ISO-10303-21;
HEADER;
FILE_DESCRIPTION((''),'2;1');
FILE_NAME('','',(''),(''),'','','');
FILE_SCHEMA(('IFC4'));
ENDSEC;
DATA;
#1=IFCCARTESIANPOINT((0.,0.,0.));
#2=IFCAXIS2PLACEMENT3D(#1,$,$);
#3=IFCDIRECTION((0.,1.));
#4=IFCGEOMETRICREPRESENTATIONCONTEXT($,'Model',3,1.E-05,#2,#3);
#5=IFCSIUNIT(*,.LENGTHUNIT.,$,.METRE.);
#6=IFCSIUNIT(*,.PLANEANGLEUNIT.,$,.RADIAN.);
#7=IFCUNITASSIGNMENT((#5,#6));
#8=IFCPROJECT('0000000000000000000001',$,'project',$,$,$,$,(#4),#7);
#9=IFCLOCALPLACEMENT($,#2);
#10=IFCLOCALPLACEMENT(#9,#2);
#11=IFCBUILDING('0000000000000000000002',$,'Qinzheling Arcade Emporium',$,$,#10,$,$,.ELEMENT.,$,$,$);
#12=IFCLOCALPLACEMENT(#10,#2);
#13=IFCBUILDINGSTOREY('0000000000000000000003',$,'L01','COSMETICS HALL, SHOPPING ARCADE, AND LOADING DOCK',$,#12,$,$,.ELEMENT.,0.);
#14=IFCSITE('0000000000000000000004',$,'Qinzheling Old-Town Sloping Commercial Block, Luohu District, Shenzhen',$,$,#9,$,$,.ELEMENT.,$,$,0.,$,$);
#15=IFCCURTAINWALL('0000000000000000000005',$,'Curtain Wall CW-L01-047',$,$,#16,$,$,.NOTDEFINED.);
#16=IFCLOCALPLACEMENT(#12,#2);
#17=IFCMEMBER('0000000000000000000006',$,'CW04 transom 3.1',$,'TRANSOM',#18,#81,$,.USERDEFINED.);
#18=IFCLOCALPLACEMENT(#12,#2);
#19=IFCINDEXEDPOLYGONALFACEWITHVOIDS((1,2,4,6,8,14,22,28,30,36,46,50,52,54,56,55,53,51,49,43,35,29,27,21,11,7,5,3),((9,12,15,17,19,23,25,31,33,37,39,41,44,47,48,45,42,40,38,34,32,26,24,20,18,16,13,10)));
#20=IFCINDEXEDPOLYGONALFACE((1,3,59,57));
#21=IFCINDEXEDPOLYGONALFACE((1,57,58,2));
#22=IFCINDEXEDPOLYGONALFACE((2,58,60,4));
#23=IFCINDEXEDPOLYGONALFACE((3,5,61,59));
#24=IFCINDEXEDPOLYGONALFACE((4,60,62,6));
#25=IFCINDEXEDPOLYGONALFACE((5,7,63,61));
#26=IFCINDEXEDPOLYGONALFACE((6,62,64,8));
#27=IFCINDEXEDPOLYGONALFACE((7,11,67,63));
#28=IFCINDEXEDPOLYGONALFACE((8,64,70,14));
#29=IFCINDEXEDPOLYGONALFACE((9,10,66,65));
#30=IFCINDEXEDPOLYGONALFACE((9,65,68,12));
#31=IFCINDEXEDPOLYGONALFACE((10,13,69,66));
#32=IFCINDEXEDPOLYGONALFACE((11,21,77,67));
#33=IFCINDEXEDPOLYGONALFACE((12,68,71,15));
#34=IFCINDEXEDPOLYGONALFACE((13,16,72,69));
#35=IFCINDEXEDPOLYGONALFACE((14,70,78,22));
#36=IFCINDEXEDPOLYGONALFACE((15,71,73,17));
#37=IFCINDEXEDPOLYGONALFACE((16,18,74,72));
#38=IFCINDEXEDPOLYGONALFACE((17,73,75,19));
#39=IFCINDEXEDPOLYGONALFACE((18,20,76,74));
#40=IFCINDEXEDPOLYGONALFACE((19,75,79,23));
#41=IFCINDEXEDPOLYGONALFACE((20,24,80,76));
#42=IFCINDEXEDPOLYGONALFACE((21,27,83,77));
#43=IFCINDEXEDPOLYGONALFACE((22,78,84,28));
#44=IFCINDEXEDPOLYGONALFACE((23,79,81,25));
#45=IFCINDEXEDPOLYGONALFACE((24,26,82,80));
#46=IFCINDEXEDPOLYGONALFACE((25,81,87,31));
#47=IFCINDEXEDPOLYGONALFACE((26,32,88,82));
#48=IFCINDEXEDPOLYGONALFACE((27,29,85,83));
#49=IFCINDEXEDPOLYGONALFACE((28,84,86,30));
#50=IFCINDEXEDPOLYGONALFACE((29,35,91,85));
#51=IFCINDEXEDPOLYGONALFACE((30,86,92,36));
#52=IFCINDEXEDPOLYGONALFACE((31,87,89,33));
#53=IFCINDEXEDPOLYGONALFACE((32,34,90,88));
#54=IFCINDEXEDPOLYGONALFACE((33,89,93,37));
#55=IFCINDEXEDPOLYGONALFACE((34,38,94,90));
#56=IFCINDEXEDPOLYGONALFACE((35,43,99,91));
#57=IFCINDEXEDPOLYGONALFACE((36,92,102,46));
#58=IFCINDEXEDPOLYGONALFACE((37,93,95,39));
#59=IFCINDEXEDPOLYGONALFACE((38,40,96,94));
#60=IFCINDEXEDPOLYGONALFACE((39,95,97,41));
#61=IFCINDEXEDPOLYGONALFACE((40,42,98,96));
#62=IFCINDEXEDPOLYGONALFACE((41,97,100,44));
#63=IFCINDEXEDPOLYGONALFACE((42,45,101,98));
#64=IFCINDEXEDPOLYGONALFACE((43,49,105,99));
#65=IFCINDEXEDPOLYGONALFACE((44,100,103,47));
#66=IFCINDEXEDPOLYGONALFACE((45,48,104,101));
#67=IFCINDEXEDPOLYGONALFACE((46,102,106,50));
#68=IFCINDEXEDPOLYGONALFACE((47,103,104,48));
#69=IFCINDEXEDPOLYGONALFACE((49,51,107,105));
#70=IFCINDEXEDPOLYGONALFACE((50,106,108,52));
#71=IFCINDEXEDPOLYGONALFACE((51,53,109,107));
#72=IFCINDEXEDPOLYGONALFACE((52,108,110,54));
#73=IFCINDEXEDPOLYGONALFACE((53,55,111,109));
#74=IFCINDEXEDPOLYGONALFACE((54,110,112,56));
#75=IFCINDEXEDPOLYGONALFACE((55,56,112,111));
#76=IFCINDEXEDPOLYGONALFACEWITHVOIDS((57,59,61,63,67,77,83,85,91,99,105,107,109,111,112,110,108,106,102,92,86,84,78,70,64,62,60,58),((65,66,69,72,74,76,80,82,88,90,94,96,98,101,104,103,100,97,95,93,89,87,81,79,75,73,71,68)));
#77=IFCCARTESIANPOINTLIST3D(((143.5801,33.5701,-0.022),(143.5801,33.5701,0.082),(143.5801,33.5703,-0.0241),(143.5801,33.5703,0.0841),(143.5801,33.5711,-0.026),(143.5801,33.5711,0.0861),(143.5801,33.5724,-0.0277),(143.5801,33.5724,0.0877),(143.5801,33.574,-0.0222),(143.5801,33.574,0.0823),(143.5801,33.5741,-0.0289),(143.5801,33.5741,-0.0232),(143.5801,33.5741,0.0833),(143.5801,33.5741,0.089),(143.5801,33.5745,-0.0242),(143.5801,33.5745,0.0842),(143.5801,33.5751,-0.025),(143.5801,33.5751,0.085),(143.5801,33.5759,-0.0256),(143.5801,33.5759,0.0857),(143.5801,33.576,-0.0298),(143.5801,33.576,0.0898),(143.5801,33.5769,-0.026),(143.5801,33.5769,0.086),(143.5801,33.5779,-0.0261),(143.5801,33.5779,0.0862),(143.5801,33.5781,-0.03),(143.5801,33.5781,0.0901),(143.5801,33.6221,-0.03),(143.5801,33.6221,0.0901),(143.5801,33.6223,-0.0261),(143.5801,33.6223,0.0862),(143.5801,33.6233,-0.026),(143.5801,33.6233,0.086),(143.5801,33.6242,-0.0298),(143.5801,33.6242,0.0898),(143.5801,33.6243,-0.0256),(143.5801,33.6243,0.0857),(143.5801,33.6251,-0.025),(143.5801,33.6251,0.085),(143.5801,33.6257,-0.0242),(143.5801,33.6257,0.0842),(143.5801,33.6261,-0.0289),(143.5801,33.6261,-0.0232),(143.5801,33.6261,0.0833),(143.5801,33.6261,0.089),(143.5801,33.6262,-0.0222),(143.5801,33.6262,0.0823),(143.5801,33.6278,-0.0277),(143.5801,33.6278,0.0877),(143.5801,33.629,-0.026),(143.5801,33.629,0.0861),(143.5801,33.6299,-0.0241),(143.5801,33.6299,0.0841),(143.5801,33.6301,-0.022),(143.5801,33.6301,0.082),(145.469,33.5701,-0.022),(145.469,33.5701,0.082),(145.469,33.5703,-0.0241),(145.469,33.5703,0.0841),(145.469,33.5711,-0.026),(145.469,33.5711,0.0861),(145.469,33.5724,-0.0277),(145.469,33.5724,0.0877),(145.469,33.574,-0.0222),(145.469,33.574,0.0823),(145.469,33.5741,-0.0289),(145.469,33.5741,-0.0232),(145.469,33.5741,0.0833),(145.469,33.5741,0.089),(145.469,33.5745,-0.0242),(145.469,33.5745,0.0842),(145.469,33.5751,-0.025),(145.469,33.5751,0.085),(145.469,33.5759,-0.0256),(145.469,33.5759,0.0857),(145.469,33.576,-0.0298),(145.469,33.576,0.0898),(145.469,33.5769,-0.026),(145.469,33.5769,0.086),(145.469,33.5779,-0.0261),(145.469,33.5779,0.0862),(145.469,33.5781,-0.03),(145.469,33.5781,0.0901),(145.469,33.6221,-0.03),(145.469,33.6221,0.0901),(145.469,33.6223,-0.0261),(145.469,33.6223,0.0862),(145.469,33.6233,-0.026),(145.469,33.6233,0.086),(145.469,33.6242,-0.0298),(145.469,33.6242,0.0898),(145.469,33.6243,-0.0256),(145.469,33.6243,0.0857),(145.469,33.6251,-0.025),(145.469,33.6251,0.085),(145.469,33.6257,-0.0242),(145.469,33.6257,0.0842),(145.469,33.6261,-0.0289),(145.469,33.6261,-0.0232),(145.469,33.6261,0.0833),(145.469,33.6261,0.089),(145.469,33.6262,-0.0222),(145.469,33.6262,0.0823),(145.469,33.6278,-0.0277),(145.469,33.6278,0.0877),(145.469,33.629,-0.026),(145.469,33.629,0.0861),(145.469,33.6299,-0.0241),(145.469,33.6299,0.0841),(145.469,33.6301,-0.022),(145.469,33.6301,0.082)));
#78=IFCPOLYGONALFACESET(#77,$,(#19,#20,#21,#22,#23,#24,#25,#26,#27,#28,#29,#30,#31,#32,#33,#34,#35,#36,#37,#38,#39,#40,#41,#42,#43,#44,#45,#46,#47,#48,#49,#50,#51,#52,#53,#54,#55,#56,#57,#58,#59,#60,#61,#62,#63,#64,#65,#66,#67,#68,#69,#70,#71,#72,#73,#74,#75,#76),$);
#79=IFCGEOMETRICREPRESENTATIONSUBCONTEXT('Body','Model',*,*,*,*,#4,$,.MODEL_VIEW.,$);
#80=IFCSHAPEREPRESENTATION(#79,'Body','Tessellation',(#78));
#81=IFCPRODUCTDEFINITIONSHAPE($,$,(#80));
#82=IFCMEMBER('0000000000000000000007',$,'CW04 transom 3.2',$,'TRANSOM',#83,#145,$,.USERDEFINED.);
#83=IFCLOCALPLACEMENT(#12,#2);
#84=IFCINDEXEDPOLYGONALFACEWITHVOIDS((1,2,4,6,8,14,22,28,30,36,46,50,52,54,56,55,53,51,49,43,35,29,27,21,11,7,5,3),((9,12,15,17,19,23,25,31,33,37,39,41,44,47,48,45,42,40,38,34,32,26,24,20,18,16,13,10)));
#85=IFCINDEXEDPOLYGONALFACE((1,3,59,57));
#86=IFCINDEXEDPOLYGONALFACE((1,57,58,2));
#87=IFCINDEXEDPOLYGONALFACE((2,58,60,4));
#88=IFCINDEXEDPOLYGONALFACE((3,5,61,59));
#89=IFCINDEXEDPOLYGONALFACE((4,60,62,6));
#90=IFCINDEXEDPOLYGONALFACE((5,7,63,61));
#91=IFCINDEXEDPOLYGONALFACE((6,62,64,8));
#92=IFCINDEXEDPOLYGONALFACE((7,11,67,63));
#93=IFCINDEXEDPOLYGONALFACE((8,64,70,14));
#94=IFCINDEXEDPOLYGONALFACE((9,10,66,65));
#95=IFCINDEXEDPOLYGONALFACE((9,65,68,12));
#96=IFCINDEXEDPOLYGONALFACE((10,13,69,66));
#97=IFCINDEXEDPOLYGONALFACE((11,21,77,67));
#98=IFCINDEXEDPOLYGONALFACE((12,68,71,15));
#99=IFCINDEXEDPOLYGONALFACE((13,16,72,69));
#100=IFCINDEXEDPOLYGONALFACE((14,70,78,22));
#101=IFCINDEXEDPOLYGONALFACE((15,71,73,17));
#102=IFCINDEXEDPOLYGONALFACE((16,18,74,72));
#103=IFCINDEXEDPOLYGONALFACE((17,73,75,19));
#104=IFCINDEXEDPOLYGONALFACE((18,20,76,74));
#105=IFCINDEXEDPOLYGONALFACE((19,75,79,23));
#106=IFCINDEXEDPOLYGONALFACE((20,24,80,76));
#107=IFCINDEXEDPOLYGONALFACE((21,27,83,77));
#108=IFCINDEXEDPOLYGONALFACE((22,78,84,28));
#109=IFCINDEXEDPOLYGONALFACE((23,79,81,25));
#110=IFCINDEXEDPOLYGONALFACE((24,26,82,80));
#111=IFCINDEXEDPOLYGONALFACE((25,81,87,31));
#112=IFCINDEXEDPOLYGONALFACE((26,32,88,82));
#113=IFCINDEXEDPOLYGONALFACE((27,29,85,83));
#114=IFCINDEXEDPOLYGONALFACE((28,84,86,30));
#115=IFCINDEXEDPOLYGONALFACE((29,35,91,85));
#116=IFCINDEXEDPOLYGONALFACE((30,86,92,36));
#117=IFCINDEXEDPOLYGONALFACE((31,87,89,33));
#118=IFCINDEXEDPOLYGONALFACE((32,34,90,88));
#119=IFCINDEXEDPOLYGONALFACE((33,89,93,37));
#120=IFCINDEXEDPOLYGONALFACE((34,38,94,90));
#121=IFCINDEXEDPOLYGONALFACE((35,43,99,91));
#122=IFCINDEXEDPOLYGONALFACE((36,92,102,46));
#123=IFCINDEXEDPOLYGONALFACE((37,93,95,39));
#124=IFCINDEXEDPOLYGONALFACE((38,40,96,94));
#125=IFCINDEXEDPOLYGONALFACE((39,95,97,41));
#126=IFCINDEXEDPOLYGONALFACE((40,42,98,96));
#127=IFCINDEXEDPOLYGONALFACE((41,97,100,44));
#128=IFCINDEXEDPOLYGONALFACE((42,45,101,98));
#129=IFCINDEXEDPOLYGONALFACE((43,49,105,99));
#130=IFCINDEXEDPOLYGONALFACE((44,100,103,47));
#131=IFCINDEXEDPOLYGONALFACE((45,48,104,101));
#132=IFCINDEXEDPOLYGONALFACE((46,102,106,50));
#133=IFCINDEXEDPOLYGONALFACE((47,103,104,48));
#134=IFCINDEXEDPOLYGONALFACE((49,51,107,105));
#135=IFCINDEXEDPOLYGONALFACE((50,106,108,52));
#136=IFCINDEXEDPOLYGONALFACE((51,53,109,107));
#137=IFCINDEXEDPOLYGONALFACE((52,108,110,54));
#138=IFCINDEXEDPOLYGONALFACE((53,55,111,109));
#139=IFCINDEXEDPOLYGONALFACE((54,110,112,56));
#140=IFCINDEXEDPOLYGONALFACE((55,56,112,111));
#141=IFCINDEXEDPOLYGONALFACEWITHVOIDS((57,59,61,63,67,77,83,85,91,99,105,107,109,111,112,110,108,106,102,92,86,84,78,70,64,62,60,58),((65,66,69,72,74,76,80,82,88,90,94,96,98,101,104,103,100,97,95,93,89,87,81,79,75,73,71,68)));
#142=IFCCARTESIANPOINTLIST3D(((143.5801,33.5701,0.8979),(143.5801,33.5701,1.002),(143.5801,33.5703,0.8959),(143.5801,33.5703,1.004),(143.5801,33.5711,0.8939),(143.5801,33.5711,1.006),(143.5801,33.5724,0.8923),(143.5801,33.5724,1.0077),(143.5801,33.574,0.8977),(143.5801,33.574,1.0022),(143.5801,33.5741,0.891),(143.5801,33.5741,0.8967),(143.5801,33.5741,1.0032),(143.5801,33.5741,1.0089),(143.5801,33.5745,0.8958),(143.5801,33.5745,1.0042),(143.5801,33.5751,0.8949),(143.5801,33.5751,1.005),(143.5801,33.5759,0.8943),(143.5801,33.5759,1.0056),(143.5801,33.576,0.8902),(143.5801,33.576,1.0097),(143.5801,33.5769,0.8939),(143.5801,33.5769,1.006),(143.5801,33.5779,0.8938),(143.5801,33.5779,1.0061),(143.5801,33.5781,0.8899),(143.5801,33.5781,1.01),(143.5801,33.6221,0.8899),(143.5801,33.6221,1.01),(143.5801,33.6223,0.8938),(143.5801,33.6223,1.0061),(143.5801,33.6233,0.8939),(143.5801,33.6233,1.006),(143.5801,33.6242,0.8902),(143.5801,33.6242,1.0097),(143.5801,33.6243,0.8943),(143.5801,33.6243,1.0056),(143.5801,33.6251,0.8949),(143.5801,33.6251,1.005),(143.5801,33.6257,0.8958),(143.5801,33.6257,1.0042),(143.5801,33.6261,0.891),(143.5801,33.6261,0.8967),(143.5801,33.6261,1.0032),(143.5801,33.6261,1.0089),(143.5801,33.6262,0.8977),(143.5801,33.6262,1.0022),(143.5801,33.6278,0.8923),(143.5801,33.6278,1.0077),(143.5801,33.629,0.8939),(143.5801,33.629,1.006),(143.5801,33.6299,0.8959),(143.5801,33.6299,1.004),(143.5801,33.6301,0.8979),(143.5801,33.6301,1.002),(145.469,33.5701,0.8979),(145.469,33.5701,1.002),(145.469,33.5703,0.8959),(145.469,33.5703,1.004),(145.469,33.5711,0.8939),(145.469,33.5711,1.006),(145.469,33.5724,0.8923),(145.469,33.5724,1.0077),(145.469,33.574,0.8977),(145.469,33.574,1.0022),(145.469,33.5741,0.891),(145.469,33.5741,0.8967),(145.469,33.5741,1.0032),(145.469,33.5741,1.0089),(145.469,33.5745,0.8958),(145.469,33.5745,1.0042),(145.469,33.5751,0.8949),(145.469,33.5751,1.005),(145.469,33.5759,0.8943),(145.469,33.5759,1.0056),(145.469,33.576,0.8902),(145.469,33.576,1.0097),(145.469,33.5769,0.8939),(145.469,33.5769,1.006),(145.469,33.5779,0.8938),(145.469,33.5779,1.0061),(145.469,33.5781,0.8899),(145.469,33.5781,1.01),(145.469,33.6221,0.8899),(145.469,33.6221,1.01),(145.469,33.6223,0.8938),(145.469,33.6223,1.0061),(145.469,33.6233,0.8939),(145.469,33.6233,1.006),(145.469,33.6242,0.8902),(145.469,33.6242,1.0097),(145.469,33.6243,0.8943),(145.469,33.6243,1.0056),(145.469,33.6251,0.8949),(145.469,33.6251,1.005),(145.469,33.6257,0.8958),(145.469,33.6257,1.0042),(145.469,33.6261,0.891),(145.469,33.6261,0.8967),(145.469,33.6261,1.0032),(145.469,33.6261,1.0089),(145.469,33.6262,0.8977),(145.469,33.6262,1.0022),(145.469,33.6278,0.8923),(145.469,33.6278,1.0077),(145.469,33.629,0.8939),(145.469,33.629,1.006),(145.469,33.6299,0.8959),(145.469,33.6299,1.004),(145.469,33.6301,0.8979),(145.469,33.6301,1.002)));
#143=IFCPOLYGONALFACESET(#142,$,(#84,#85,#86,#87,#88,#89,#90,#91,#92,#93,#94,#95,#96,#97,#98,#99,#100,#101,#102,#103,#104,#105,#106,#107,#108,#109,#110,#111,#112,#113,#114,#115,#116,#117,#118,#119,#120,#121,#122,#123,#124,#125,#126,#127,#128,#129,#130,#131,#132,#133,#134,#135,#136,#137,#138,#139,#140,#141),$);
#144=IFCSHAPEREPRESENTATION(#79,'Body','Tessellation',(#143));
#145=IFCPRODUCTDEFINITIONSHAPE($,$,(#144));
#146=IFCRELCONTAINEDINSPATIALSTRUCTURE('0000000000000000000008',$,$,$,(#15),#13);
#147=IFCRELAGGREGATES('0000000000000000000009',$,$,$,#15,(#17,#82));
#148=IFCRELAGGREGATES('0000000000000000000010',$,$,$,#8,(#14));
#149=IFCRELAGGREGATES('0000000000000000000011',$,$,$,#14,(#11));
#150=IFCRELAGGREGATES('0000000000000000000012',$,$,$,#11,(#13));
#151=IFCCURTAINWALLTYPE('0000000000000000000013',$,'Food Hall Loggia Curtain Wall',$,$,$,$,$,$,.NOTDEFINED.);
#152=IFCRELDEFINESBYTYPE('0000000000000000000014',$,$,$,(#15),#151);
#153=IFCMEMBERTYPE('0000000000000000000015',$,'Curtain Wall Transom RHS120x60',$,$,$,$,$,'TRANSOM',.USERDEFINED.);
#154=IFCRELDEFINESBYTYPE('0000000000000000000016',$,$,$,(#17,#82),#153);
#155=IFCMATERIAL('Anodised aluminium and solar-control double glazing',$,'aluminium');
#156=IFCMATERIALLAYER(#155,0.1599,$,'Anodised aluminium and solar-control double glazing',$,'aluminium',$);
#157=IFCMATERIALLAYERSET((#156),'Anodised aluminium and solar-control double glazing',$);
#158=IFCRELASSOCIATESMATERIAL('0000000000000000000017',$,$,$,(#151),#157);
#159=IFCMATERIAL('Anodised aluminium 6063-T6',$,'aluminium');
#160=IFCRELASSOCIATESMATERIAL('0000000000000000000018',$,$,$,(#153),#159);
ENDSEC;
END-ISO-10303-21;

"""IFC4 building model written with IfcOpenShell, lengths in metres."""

from ifc_helpers import new_model, si_unit, direction, frame, origin, origin_2d, place, context, subcontext, project, spatial, hollow_rectangle, extrude, material, layer, layer_set, material_profile, profile_set, type_object, element, aggregate, save


model = new_model("IFC4")

# Units and contexts
model_context = context("Model", 3, precision=1e-05, world=origin(), true_north=direction((0.0, 1.0)))
body_context = subcontext(model_context, "Body", "Model", "MODEL_VIEW")
ifc_project = project(units=[si_unit("LENGTHUNIT", "METRE"), si_unit("PLANEANGLEUNIT", "RADIAN")], contexts=[model_context])

# Site, building, storey
site_placement = place(None, origin())
site = spatial("IfcSite", under=ifc_project, at=site_placement, Name="Qinzheling Old-Town Sloping Commercial Block, Luohu District, Shenzhen", CompositionType="ELEMENT", RefElevation=0.0)
building_placement = place(site_placement, origin())
building = spatial("IfcBuilding", under=site, at=building_placement, Name="Qinzheling Arcade Emporium", CompositionType="ELEMENT")
storey_placement = place(building_placement, origin())
storey = spatial("IfcBuildingStorey", under=building, at=storey_placement, Name="L01", Description="COSMETICS HALL, SHOPPING ARCADE, AND LOADING DOCK", CompositionType="ELEMENT", Elevation=0.0)

# Curtain wall, members
ifc_material_1 = material(Name="Anodised aluminium and solar-control double glazing", Category="aluminium")
ifc_layer_1 = layer(ifc_material_1, 0.1599, Name="Anodised aluminium and solar-control double glazing", Category="aluminium")
ifc_layer_set_1 = layer_set([ifc_layer_1], Name="Anodised aluminium and solar-control double glazing")
curtain_wall_type = type_object("IfcCurtainWallType", Name="Food Hall Loggia Curtain Wall", PredefinedType="NOTDEFINED", material=ifc_layer_set_1)
curtain_wall_placement = place(storey_placement, origin())
curtain_wall = element("IfcCurtainWall", 1, at=curtain_wall_placement, inside=storey, type_object=curtain_wall_type, Name="Curtain Wall CW-L01-047", PredefinedType="NOTDEFINED")
ifc_material_2 = material(Name="Anodised aluminium 6063-T6", Category="aluminium")
ifc_material_profile_1 = material_profile(ifc_material_2, hollow_rectangle(XDim=0.0601, YDim=0.1201, WallThickness=0.0039, InnerFilletRadius=0.0039, OuterFilletRadius=0.0081, at=origin_2d()), Name="RHS 120x60x4", Category="aluminium")
ifc_profile_set_1 = profile_set([ifc_material_profile_1], Name="Anodised aluminium 6063-T6")
member_type_1 = type_object("IfcMemberType", Name="Curtain Wall Transom RHS120x60", ElementType="TRANSOM", PredefinedType="USERDEFINED", material=ifc_profile_set_1)
member_1_placement = place(storey_placement, frame((143.5801, 33.6001, 0.03), z_axis=(1.0, 0.0, 0.0), x_axis=(0.0, 1.0, 0.0)))
member_1 = element("IfcMember", 2, at=member_1_placement, type_object=member_type_1, Name="CW04 transom 3.1", ObjectType="TRANSOM", PredefinedType="USERDEFINED", context=body_context, shape_type="SweptSolid", body=[
    extrude(hollow_rectangle(XDim=0.0601, YDim=0.1201, WallThickness=0.0039, InnerFilletRadius=0.0039, OuterFilletRadius=0.0081, at=origin_2d()), origin(), (0.0, 0.0, 1.0), 1.8889),
])
member_2_placement = place(storey_placement, frame((143.5801, 33.6001, 0.95), z_axis=(1.0, 0.0, 0.0), x_axis=(0.0, 1.0, 0.0)))
member_2 = element("IfcMember", 3, at=member_2_placement, type_object=member_type_1, Name="CW04 transom 3.2", ObjectType="TRANSOM", PredefinedType="USERDEFINED", context=body_context, shape_type="SweptSolid", body=[
    extrude(hollow_rectangle(XDim=0.0601, YDim=0.1201, WallThickness=0.0039, InnerFilletRadius=0.0039, OuterFilletRadius=0.0081, at=origin_2d()), origin(), (0.0, 0.0, 1.0), 1.8889),
])

aggregate(curtain_wall, [member_1, member_2])

save(model, "model.ifc")
